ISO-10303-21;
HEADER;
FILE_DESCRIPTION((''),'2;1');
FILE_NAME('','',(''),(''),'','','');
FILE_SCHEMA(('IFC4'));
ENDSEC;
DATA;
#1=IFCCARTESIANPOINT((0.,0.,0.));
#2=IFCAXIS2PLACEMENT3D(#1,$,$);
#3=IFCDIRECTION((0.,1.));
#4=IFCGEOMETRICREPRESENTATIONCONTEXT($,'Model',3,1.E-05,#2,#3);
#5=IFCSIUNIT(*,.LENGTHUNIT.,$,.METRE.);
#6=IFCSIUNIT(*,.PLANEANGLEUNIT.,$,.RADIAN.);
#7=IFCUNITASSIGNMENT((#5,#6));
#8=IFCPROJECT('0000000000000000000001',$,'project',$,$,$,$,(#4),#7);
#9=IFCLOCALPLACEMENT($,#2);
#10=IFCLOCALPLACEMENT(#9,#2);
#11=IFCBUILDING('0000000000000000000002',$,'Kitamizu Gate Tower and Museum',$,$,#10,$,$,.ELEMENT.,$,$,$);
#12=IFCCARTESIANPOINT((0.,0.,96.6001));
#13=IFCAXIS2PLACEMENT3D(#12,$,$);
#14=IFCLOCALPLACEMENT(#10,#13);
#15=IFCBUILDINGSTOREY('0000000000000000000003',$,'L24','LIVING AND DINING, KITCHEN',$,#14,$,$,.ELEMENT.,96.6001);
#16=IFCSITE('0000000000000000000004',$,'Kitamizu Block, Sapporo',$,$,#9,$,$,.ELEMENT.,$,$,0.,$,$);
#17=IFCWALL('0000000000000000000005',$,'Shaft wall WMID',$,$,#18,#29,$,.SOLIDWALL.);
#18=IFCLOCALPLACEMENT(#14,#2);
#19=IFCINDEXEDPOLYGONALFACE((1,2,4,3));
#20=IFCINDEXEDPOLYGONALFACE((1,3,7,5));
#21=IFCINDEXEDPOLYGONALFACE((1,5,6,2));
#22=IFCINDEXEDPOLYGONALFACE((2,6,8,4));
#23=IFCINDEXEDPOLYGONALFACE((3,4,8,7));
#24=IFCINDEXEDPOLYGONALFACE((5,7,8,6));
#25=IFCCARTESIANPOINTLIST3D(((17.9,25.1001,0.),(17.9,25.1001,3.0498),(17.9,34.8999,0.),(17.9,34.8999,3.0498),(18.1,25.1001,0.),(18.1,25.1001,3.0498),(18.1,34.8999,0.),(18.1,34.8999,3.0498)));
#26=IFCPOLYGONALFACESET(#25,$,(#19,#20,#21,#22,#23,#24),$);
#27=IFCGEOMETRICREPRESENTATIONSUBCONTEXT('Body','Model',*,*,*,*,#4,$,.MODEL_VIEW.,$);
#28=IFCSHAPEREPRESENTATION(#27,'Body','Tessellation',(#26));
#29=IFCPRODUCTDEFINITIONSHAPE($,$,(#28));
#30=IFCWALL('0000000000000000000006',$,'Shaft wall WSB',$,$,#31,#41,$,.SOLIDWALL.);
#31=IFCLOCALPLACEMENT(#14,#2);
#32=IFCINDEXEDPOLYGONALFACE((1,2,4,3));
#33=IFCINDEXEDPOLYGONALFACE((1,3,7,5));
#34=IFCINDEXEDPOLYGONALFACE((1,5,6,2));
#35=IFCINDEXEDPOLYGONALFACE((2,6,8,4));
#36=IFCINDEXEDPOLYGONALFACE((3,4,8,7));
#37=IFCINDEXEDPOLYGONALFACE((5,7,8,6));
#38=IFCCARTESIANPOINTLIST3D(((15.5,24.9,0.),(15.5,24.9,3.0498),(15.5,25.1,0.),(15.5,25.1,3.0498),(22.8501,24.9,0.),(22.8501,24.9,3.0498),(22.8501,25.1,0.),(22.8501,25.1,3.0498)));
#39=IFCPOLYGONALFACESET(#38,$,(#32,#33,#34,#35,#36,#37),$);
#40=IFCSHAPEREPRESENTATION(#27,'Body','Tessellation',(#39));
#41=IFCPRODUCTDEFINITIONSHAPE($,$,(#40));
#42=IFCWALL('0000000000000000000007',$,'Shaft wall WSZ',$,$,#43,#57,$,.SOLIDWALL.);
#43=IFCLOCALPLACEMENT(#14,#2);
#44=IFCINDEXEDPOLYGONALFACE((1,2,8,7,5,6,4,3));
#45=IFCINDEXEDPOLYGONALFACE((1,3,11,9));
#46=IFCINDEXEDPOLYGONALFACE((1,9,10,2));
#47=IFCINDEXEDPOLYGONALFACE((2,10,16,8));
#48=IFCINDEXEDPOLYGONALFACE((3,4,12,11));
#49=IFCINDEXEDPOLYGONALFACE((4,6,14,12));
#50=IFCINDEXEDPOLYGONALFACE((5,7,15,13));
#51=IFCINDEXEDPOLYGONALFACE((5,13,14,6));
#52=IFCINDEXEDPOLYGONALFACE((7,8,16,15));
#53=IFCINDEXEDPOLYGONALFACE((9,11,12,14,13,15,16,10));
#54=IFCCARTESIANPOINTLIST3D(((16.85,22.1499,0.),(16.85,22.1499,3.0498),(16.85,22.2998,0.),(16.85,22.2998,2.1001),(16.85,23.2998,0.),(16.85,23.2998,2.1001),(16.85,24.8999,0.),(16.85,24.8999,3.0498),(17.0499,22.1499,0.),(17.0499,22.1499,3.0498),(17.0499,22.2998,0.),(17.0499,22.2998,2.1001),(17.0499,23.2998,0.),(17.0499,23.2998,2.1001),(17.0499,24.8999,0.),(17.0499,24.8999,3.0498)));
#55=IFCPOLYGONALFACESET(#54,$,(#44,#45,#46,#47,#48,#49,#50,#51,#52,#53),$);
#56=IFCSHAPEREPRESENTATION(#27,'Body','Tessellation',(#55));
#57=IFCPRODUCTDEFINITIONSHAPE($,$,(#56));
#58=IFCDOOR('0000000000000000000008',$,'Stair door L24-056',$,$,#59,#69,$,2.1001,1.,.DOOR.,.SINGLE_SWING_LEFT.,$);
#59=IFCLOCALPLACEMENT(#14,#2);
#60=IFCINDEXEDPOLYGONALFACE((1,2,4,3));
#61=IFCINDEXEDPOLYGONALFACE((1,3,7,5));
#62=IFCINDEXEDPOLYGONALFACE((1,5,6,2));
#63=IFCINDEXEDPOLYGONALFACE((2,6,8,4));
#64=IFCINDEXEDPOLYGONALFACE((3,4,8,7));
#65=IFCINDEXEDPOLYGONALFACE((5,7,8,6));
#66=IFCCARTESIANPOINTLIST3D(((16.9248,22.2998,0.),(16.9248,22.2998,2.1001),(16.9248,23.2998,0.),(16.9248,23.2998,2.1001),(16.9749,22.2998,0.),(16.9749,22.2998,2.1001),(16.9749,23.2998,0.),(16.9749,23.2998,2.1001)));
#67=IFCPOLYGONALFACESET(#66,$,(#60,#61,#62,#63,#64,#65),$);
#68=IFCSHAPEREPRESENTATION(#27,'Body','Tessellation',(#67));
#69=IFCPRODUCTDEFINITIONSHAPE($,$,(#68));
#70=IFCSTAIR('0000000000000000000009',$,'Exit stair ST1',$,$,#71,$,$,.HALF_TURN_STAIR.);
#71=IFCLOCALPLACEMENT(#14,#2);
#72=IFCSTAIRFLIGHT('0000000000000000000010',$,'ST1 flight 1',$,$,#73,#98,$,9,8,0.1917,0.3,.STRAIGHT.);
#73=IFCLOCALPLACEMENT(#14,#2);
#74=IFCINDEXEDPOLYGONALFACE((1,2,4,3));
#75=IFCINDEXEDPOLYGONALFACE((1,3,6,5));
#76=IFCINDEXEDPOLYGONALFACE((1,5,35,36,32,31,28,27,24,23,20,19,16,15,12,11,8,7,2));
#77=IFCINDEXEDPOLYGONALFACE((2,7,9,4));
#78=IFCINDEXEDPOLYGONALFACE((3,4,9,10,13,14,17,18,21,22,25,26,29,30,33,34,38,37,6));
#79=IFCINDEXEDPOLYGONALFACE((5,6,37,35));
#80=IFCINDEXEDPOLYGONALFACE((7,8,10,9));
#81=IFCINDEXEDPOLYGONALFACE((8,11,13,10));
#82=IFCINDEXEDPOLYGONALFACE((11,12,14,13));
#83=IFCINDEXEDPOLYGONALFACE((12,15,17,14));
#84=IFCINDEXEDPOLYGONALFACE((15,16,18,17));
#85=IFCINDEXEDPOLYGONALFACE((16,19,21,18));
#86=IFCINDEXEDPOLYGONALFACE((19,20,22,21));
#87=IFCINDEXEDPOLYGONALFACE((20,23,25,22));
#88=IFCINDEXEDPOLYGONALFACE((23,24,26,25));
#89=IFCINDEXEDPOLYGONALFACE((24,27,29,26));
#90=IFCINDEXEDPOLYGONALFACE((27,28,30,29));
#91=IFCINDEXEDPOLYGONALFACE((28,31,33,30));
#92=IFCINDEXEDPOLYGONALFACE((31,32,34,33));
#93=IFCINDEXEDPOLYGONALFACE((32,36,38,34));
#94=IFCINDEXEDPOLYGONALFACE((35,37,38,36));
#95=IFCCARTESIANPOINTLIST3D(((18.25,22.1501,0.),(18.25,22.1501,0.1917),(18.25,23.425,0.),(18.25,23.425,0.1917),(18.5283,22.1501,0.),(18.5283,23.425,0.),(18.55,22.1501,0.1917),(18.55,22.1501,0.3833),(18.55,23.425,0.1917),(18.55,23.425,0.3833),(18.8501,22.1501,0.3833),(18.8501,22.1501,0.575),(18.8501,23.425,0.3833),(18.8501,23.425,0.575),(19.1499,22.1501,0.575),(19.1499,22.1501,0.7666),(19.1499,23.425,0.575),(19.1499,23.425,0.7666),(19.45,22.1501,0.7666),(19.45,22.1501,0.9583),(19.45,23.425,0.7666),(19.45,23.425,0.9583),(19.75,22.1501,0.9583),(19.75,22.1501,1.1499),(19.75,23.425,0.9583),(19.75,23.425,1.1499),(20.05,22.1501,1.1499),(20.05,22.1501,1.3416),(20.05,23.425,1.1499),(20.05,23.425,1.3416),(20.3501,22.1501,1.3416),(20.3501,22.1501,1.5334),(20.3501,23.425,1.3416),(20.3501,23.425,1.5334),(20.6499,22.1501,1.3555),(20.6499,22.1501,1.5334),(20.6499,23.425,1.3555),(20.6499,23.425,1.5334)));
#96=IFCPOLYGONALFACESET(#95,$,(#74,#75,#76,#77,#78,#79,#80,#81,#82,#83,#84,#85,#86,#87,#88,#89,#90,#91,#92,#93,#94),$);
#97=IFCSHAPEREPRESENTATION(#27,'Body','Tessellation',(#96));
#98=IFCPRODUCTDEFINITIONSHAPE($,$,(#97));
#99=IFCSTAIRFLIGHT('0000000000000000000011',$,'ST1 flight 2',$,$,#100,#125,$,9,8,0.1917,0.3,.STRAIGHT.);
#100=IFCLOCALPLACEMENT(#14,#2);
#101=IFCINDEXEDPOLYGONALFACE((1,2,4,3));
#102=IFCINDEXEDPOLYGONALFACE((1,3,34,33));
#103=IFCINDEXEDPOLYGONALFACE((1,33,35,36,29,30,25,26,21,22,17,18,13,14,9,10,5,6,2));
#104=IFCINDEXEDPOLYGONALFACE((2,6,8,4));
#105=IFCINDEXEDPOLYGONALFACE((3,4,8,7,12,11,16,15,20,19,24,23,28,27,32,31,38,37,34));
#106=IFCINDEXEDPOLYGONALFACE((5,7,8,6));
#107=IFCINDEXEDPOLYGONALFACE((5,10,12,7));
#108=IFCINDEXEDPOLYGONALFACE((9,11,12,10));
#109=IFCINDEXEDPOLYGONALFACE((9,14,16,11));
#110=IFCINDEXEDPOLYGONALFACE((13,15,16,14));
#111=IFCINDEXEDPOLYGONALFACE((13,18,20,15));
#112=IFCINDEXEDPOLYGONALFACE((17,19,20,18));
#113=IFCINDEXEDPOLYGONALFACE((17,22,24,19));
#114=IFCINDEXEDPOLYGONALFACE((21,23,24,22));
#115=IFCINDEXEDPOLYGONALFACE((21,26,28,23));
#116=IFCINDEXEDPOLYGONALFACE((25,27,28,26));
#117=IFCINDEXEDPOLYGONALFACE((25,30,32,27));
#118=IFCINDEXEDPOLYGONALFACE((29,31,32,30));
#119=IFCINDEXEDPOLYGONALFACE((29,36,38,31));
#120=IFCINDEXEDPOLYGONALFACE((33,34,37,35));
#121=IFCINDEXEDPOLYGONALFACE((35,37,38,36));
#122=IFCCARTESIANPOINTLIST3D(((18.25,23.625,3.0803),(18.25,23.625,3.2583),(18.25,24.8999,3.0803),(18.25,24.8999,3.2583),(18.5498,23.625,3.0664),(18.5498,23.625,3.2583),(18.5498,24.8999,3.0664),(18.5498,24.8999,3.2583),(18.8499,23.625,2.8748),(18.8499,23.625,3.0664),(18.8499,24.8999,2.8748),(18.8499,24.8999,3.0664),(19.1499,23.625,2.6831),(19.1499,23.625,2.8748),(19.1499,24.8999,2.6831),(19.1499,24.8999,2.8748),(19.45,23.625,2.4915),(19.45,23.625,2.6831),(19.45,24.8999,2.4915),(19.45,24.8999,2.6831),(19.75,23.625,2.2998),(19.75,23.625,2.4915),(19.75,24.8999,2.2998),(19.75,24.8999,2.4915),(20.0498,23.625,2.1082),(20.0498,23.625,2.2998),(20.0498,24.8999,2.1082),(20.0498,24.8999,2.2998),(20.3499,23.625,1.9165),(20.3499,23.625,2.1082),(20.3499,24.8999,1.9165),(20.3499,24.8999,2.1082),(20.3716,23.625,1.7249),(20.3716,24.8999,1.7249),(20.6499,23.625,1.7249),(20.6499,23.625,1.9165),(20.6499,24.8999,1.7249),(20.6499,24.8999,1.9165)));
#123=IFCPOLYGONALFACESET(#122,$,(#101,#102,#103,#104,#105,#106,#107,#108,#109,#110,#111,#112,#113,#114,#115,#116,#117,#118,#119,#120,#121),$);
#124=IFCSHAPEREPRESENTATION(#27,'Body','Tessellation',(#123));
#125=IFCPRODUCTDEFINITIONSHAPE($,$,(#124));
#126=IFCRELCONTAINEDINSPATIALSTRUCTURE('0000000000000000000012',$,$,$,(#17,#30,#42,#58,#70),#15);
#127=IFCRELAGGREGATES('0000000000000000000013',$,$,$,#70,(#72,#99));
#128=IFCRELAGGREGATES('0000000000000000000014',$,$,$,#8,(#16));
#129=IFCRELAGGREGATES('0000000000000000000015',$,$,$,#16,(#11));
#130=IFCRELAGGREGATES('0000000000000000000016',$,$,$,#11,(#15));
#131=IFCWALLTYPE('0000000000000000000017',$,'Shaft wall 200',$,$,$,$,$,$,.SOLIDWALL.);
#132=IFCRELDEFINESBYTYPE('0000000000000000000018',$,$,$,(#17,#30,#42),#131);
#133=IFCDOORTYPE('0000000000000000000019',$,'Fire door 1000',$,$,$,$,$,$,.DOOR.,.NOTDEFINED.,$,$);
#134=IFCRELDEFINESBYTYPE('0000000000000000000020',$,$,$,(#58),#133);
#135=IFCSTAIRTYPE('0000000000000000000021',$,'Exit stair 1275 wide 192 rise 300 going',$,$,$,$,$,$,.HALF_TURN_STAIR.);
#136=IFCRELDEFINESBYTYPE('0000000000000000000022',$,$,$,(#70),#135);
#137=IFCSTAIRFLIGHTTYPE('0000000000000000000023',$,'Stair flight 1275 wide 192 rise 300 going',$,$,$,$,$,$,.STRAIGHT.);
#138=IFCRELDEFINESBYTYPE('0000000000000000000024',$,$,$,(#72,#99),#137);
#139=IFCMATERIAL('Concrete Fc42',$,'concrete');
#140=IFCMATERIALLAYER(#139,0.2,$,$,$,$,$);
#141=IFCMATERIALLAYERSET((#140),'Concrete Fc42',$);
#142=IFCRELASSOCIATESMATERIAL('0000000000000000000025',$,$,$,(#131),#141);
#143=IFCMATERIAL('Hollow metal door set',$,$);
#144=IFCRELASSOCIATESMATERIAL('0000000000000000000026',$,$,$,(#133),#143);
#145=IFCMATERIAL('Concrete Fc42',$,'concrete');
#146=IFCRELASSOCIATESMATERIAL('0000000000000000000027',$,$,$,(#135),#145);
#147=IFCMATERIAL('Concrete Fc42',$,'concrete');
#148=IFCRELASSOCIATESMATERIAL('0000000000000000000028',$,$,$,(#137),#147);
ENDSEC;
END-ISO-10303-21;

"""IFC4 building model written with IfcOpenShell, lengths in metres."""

from ifc_helpers import new_model, si_unit, direction, frame, frame_2d, origin, place, context, subcontext, project, spatial, polyline, rectangle, outline, extrude, material, layer, layer_set, type_object, element, fill, aggregate, save


model = new_model("IFC4")

# Units and contexts
model_context = context("Model", 3, precision=1e-05, world=origin(), true_north=direction((0.0, 1.0)))
body_context = subcontext(model_context, "Body", "Model", "MODEL_VIEW")
ifc_project = project(units=[si_unit("LENGTHUNIT", "METRE"), si_unit("PLANEANGLEUNIT", "RADIAN")], contexts=[model_context])

# Site, building, storey
site_placement = place(None, origin())
site = spatial("IfcSite", under=ifc_project, at=site_placement, Name="Kitamizu Block, Sapporo", CompositionType="ELEMENT", RefElevation=0.0)
building_placement = place(site_placement, origin())
building = spatial("IfcBuilding", under=site, at=building_placement, Name="Kitamizu Gate Tower and Museum", CompositionType="ELEMENT")
storey_placement = place(building_placement, frame((0.0, 0.0, 96.6001)))
storey = spatial("IfcBuildingStorey", under=building, at=storey_placement, Name="L24", Description="LIVING AND DINING, KITCHEN", CompositionType="ELEMENT", Elevation=96.6001)

# Shared definitions
ifc_material_1 = material(Name="Concrete Fc42", Category="concrete")
ifc_layer_1 = layer(ifc_material_1, 0.2)
ifc_layer_set_1 = layer_set([ifc_layer_1], Name="Concrete Fc42")
wall_type_1 = type_object("IfcWallType", Name="Shaft wall 200", PredefinedType="SOLIDWALL", material=ifc_layer_set_1)
ifc_material_2 = material(Name="Hollow metal door set")
door_type_1 = type_object("IfcDoorType", Name="Fire door 1000", OperationType="NOTDEFINED", PredefinedType="DOOR", material=ifc_material_2)

# Walls
wall_1_placement = place(storey_placement, frame((18.0, 25.1001, 0.0), z_axis=(0.0, 0.0, 1.0), x_axis=(0.0, 1.0, 0.0)))
element("IfcWall", 1, at=wall_1_placement, inside=storey, type_object=wall_type_1, Name="Shaft wall WMID", PredefinedType="SOLIDWALL", context=body_context, shape_type="SweptSolid", body=[
    extrude(rectangle(XDim=9.7998, YDim=0.2, at=frame_2d((4.8999, 0.0))), origin(), (0.0, 0.0, 1.0), 3.0498),
])
wall_2_placement = place(storey_placement, frame((15.5, 25.0, 0.0), z_axis=(0.0, 0.0, 1.0), x_axis=(1.0, 0.0, 0.0)))
element("IfcWall", 2, at=wall_2_placement, inside=storey, type_object=wall_type_1, Name="Shaft wall WSB", PredefinedType="SOLIDWALL", context=body_context, shape_type="SweptSolid", body=[
    extrude(rectangle(XDim=7.3501, YDim=0.2, at=frame_2d((3.675, 0.0))), origin(), (0.0, 0.0, 1.0), 3.0498),
])

# Wall, opening, door
wall_3_placement = place(storey_placement, frame((16.95, 22.1499, 0.0), z_axis=(0.0, 0.0, 1.0), x_axis=(0.0, 1.0, 0.0)))
wall_3 = element("IfcWall", 3, at=wall_3_placement, inside=storey, type_object=wall_type_1, Name="Shaft wall WSZ", PredefinedType="SOLIDWALL", context=body_context, shape_type="SweptSolid", body=[
    extrude(rectangle(XDim=2.75, YDim=0.2, at=frame_2d((1.375, 0.0))), origin(), (0.0, 0.0, 1.0), 3.0498),
])
opening_1_placement = place(wall_3_placement, frame((0.1499, 0.0, 0.0)))
opening_1 = element("IfcOpeningElement", 4, at=opening_1_placement, cuts=wall_3, PredefinedType="OPENING", context=body_context, shape_type="SweptSolid", body=[
    extrude(rectangle(XDim=1.0, YDim=2.1001, at=frame_2d((0.5, 1.05))), frame((0.0, 0.1099, 0.0), z_axis=(0.0, -1.0, 0.0), x_axis=(1.0, 0.0, 0.0)), (0.0, 0.0, 1.0), 0.22),
])
door_1_placement = place(opening_1_placement, frame((1.0, 0.0, 0.0), x_axis=(-1.0, 0.0, 0.0)))
door_1 = element("IfcDoor", 5, at=door_1_placement, inside=storey, type_object=door_type_1, Name="Stair door L24-056", OperationType="SINGLE_SWING_LEFT", OverallHeight=2.1001, OverallWidth=1.0, PredefinedType="DOOR", context=body_context, shape_type="SweptSolid", body=[
    extrude(rectangle(XDim=1.0, YDim=2.1001, at=frame_2d((0.5, 1.05))), frame((0.0, 0.0249, 0.0), z_axis=(0.0, -1.0, 0.0), x_axis=(1.0, 0.0, 0.0)), (0.0, 0.0, 1.0), 0.05),
])
fill(opening_1, door_1)

# Stair, stair flights
ifc_material_3 = material(Name="Concrete Fc42", Category="concrete")
stair_type = type_object("IfcStairType", Name="Exit stair 1275 wide 192 rise 300 going", PredefinedType="HALF_TURN_STAIR", material=ifc_material_3)
stair_placement = place(storey_placement, origin())
stair = element("IfcStair", 6, at=stair_placement, inside=storey, type_object=stair_type, Name="Exit stair ST1", PredefinedType="HALF_TURN_STAIR")
ifc_material_4 = material(Name="Concrete Fc42", Category="concrete")
stair_flight_type = type_object("IfcStairFlightType", Name="Stair flight 1275 wide 192 rise 300 going", PredefinedType="STRAIGHT", material=ifc_material_4)
stair_flight_1_placement = place(storey_placement, frame((18.25, 22.7876, 0.0), z_axis=(0.0, 0.0, 1.0), x_axis=(1.0, 0.0, 0.0)))
stair_flight_1 = element("IfcStairFlight", 7, at=stair_flight_1_placement, type_object=stair_flight_type, Name="ST1 flight 1", NumberOfRisers=9, NumberOfTreads=8, PredefinedType="STRAIGHT", RiserHeight=0.1917, TreadLength=0.3, context=body_context, shape_type="SweptSolid", body=[
    extrude(outline(polyline([(0.0, 0.0), (0.0, 0.1917), (0.3, 0.1917), (0.3, 0.3833), (0.6001, 0.3833), (0.6001, 0.575), (0.8999, 0.575), (0.8999, 0.7666), (1.2, 0.7666), (1.2, 0.9583), (1.5, 0.9583), (1.5, 1.1499), (1.8, 1.1499), (1.8, 1.3416), (2.1001, 1.3416), (2.1001, 1.5334), (2.3999, 1.5334), (2.3999, 1.7251), (2.3999, 1.3555), (0.2783, 0.0), (0.0, 0.0)])), frame((0.0, 0.6375, 0.0), z_axis=(0.0, -1.0, 0.0), x_axis=(1.0, 0.0, 0.0)), (0.0, 0.0, 1.0), 1.2749),
])
stair_flight_2_placement = place(storey_placement, frame((20.6499, 24.2625, 1.7249), z_axis=(0.0, 0.0, 1.0), x_axis=(-1.0, 0.0, 0.0)))
stair_flight_2 = element("IfcStairFlight", 8, at=stair_flight_2_placement, type_object=stair_flight_type, Name="ST1 flight 2", NumberOfRisers=9, NumberOfTreads=8, PredefinedType="STRAIGHT", RiserHeight=0.1917, TreadLength=0.3, context=body_context, shape_type="SweptSolid", body=[
    extrude(outline(polyline([(0.0, 0.0), (0.0, 0.1917), (0.3, 0.1917), (0.3, 0.3833), (0.6001, 0.3833), (0.6001, 0.575), (0.8999, 0.575), (0.8999, 0.7666), (1.2, 0.7666), (1.2, 0.9583), (1.5, 0.9583), (1.5, 1.1499), (1.8, 1.1499), (1.8, 1.3416), (2.1001, 1.3416), (2.1001, 1.5334), (2.3999, 1.5334), (2.3999, 1.7251), (2.3999, 1.3555), (0.2783, 0.0), (0.0, 0.0)])), frame((0.0, 0.6375, 0.0), z_axis=(0.0, -1.0, 0.0), x_axis=(1.0, 0.0, 0.0)), (0.0, 0.0, 1.0), 1.2749),
])
aggregate(stair, [stair_flight_1, stair_flight_2])

save(model, "model.ifc")
